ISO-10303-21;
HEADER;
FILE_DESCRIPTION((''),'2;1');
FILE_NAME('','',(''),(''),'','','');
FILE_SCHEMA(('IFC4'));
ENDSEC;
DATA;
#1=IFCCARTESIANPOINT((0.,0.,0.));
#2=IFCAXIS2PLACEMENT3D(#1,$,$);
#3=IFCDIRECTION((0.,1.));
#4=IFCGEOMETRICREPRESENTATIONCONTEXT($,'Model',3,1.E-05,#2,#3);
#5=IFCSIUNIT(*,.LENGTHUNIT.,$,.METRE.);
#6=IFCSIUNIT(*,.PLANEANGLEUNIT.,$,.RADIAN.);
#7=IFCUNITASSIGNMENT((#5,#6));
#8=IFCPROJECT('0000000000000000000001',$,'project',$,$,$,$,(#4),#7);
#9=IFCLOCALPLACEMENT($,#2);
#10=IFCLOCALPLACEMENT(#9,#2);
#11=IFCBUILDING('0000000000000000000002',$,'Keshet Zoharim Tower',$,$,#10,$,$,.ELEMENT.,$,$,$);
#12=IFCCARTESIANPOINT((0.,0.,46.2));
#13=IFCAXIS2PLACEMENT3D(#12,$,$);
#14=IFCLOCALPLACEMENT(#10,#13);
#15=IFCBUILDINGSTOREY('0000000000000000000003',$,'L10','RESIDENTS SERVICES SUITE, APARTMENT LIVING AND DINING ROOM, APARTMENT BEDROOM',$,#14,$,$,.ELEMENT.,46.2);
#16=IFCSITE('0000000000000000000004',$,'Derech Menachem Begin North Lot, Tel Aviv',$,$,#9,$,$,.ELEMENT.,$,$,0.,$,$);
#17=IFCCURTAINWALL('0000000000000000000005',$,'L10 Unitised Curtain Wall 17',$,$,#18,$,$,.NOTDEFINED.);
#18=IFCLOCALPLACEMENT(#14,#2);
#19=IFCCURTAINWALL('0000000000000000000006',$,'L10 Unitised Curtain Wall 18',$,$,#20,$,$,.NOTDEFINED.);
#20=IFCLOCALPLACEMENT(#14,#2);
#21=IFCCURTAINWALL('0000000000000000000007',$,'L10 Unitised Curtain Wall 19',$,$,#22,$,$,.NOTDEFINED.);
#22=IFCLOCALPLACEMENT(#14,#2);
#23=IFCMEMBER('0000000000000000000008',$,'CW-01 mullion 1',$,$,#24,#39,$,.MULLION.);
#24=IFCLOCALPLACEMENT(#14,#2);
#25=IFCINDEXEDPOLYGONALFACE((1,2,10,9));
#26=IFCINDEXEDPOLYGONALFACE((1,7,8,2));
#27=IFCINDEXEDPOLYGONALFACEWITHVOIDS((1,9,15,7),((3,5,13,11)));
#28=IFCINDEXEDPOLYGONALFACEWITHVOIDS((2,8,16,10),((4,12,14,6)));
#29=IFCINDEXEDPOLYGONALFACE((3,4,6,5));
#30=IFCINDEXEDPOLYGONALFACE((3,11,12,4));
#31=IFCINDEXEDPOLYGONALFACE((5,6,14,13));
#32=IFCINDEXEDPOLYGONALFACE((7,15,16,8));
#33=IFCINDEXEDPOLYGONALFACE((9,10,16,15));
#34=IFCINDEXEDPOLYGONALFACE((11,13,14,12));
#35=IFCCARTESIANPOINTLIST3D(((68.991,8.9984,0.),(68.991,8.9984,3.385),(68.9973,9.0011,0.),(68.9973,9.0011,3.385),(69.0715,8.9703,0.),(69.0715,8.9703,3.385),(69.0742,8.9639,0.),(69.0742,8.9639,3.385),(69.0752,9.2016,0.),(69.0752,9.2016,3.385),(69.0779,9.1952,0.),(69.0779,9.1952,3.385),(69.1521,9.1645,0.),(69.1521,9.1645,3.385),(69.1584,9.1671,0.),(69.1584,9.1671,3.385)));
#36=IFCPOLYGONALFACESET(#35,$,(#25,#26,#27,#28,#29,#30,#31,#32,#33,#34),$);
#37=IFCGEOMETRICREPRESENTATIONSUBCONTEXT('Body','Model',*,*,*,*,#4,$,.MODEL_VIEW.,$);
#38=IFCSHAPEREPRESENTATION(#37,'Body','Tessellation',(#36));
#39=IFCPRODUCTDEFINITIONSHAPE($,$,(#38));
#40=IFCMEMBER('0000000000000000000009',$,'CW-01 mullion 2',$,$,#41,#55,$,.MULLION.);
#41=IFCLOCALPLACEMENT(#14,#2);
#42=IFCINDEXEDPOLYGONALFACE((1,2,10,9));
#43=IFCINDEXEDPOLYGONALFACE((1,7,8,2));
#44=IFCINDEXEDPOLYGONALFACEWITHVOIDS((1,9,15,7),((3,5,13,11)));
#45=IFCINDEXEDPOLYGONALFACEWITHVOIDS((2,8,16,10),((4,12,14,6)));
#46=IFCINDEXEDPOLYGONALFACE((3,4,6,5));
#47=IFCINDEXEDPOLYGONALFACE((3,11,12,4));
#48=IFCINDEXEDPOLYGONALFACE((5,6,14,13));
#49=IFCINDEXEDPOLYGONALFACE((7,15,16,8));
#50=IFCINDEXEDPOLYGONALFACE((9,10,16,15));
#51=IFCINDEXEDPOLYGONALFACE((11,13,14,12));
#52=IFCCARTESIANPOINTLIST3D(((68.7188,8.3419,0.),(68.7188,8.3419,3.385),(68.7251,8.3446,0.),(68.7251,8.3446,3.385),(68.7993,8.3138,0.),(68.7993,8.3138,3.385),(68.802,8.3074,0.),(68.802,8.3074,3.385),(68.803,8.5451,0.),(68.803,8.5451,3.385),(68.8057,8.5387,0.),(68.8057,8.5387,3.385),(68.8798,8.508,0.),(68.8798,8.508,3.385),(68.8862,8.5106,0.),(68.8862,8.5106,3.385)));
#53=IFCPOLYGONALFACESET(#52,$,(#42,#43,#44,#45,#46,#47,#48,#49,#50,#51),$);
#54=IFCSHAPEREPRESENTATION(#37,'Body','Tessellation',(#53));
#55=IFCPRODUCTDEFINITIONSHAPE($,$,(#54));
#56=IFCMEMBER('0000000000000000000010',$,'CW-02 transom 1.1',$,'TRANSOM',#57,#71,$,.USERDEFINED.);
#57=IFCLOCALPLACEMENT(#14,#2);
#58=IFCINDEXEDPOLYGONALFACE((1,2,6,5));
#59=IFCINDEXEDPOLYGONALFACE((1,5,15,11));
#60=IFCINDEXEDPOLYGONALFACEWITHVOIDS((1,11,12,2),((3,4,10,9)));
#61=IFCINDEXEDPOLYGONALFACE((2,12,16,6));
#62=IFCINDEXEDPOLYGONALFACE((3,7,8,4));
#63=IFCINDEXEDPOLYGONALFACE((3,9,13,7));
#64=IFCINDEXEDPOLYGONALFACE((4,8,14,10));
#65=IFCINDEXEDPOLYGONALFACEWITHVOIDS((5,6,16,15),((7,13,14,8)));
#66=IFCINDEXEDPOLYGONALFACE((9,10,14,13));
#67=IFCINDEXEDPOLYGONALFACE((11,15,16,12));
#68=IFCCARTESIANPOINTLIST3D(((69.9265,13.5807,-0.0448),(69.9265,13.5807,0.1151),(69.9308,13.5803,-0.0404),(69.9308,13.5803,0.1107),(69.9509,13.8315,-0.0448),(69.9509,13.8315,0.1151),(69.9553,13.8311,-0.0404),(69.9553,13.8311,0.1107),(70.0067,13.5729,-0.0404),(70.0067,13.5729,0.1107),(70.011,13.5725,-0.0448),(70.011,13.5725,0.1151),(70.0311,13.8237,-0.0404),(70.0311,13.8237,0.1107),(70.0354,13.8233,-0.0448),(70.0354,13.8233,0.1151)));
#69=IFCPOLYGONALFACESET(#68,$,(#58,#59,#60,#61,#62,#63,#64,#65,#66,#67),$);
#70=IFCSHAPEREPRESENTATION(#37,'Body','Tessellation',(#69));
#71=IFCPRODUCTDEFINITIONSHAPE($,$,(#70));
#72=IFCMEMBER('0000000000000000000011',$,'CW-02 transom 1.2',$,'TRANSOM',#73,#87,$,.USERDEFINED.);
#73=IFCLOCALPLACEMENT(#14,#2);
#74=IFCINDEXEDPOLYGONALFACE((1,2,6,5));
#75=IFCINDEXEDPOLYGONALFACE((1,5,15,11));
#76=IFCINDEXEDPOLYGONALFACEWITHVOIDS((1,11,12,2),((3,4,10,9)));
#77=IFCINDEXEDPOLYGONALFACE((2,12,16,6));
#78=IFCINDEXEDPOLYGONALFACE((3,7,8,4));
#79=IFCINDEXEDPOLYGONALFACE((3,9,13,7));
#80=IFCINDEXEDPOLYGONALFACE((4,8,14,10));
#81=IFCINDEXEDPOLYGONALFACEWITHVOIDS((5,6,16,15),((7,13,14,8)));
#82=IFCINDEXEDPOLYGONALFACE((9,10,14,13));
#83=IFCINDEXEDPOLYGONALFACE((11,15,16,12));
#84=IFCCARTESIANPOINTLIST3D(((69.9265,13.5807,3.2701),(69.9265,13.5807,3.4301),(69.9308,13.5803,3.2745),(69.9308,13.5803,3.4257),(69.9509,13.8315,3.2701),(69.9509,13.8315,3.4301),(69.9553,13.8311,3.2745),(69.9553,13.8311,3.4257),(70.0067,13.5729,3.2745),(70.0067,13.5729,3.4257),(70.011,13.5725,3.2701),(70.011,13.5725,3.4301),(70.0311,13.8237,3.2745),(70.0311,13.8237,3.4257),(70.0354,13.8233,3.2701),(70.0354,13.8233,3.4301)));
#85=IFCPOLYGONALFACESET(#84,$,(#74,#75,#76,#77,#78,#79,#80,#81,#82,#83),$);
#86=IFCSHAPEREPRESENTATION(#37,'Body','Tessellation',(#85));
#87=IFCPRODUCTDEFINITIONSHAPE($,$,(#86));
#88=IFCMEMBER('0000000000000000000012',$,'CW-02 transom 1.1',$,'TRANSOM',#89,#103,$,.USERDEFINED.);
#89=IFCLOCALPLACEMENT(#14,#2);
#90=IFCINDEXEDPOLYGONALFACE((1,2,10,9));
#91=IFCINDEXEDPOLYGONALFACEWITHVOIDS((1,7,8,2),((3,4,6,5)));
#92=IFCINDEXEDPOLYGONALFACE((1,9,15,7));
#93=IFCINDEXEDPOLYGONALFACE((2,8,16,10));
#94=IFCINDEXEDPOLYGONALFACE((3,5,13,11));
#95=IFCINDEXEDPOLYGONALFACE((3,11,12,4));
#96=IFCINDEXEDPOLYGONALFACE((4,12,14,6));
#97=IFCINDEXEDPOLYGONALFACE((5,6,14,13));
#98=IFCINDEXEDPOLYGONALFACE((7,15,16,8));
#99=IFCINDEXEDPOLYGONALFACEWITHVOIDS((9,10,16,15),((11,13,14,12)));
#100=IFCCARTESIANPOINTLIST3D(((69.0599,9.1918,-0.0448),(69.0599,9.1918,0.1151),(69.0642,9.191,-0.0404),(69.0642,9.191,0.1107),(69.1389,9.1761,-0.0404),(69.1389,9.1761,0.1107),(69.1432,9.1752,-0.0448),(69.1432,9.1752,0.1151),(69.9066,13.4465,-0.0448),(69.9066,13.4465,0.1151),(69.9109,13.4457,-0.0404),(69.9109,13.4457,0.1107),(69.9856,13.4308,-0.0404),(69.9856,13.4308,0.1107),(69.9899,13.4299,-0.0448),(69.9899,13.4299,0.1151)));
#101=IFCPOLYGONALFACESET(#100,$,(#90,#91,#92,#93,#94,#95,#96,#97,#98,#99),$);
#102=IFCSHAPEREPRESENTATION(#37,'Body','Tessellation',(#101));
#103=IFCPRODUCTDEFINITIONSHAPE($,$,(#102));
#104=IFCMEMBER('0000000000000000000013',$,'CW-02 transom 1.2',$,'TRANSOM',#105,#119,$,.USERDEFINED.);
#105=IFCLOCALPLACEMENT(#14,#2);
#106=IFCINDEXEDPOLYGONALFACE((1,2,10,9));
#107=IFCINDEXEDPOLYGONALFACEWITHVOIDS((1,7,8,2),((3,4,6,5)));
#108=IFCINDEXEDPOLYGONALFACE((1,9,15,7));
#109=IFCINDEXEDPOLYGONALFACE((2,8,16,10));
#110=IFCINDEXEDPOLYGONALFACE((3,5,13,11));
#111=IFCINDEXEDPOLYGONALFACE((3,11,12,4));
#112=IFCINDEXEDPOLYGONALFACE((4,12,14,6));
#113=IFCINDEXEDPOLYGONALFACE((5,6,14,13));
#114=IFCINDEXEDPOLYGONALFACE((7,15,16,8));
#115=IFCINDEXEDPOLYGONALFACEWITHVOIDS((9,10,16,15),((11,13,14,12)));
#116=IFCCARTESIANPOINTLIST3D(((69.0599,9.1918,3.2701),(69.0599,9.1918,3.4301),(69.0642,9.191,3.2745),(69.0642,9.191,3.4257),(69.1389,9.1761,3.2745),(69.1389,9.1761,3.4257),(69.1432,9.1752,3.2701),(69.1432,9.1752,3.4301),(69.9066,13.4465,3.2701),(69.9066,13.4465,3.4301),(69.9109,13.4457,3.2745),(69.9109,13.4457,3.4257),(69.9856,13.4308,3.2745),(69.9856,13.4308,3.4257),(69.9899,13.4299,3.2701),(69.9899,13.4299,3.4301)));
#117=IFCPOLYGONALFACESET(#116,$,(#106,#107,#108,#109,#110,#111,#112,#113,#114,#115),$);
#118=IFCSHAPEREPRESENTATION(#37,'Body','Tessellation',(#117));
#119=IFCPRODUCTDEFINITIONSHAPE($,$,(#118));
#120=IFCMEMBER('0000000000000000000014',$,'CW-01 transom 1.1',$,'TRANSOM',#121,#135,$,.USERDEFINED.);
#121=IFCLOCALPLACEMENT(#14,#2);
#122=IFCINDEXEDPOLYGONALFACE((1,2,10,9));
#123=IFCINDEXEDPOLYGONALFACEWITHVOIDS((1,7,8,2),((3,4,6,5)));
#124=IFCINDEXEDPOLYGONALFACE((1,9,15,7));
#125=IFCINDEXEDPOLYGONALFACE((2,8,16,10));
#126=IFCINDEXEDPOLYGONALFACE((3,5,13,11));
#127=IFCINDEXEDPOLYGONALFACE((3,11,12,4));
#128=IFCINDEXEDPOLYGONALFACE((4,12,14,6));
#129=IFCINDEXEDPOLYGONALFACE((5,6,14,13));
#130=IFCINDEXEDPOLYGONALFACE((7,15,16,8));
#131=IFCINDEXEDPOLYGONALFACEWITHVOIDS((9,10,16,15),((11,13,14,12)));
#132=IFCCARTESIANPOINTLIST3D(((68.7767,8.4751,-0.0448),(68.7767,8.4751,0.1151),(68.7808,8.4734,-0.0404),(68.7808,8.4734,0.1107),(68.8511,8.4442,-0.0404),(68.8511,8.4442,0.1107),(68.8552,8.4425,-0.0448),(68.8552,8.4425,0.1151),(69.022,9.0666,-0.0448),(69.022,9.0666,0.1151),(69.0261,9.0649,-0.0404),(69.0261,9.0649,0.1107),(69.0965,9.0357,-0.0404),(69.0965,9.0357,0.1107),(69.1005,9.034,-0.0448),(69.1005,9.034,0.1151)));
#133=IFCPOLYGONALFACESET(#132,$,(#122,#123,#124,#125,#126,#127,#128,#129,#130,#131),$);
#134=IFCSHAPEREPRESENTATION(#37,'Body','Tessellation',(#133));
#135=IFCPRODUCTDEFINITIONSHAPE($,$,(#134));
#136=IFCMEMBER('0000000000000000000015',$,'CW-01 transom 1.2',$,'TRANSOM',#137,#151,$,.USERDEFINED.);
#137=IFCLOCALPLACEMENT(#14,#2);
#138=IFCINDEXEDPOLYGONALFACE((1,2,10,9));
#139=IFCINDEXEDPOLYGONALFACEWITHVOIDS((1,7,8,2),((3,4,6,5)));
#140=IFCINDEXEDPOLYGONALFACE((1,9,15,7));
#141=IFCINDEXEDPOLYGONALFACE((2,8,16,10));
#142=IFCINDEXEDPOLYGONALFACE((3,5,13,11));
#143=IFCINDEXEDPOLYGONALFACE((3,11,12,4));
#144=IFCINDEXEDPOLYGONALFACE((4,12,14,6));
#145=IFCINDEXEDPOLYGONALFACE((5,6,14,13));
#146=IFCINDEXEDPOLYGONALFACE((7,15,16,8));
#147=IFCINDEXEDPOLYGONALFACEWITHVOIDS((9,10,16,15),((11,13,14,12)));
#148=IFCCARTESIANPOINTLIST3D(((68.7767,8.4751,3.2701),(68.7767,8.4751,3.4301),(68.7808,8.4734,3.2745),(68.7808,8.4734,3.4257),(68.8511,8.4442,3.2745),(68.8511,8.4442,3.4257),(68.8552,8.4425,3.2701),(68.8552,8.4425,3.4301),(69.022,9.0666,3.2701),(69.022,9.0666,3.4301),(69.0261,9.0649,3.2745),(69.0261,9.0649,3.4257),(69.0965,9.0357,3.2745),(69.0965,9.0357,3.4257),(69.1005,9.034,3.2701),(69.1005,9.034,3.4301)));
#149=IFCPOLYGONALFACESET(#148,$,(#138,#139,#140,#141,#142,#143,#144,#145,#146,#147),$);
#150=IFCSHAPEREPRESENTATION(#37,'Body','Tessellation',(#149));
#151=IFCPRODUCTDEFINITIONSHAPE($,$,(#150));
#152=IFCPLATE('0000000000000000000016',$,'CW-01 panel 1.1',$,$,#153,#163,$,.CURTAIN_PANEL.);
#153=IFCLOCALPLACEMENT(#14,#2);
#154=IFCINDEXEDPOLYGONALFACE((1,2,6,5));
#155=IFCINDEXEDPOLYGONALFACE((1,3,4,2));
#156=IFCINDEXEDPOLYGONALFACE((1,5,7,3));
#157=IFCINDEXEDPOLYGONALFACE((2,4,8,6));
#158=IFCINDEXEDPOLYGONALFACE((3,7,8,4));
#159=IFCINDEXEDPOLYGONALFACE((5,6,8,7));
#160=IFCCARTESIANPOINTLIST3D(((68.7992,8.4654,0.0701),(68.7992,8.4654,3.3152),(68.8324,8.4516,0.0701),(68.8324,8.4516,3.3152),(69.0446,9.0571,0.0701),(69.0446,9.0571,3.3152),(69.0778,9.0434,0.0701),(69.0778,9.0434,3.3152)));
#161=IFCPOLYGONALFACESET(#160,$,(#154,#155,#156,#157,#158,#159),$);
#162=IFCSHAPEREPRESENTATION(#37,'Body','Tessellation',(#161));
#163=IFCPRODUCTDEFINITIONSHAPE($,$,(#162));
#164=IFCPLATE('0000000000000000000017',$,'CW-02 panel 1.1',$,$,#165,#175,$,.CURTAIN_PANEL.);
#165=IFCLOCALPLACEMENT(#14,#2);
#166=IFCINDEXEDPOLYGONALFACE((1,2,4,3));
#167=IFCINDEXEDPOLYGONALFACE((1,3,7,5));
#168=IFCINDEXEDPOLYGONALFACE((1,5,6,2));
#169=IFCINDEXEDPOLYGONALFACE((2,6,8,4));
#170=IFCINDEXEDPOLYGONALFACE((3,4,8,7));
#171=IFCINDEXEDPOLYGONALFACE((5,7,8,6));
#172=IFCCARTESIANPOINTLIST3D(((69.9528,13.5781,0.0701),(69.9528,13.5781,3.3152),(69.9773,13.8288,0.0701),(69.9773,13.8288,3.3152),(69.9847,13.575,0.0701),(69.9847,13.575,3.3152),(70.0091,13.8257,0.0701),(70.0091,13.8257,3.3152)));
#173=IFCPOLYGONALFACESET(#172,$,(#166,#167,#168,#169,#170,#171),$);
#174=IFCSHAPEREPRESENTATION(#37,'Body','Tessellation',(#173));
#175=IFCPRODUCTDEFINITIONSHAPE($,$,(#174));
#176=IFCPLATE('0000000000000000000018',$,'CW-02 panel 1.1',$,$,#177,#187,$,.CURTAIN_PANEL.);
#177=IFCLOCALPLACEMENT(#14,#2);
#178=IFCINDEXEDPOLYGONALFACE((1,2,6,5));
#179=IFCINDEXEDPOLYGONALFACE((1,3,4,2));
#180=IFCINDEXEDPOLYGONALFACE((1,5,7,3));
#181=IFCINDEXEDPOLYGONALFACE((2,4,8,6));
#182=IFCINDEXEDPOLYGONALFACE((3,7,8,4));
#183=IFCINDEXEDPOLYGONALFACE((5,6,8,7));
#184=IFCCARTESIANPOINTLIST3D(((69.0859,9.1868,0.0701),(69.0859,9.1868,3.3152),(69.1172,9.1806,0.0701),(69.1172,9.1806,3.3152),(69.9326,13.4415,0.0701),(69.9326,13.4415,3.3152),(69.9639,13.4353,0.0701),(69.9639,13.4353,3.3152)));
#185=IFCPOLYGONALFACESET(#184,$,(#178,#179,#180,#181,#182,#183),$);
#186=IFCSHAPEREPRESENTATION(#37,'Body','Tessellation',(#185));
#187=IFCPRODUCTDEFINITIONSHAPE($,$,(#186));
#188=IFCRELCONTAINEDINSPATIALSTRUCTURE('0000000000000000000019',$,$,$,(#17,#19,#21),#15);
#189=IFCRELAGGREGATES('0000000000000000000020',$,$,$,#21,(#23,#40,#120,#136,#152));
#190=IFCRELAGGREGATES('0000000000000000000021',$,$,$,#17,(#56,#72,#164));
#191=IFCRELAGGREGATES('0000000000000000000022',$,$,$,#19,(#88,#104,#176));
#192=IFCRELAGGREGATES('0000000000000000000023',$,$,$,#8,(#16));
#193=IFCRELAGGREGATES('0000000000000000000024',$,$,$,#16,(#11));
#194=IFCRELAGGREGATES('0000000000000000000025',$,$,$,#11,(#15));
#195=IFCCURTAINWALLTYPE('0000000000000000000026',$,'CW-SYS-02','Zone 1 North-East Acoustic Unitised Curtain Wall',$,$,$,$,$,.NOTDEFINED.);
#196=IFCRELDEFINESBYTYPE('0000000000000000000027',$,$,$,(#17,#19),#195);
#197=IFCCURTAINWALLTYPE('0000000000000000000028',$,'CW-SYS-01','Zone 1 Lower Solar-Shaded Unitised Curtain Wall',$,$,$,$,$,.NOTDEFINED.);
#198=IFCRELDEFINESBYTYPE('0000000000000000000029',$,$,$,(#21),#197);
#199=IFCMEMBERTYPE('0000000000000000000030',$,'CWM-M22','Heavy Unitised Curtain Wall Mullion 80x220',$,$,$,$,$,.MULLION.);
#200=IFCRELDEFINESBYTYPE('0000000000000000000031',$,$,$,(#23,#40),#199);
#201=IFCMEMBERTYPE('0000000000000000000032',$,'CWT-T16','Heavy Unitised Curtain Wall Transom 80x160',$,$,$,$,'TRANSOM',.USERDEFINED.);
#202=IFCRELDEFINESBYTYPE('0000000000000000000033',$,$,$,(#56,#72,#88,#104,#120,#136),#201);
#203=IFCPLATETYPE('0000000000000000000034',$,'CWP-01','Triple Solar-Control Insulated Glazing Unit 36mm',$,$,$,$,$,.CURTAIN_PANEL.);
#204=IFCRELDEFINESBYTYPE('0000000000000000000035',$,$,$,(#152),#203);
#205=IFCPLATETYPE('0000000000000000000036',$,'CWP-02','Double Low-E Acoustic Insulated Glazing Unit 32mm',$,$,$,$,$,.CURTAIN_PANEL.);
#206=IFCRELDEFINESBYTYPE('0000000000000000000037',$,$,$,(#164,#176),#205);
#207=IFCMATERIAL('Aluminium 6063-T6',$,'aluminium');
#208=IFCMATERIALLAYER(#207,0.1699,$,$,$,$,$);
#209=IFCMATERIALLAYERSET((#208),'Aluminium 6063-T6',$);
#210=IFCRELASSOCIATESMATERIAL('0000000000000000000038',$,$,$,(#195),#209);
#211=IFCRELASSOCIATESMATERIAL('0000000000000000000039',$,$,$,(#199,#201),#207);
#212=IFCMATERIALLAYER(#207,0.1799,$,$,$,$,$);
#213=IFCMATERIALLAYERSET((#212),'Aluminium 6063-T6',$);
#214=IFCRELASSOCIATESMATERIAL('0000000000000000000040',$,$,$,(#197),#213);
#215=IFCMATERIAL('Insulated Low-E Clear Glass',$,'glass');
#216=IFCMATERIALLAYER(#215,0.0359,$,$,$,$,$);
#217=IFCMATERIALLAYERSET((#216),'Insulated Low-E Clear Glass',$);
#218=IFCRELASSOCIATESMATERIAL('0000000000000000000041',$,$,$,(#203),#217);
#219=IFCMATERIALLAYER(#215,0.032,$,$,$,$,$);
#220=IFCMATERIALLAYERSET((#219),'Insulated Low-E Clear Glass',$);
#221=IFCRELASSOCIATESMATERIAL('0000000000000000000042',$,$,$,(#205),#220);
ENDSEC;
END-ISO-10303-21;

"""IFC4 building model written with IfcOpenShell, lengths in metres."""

from ifc_helpers import new_model, si_unit, direction, frame, origin, origin_2d, place, context, subcontext, project, spatial, rectangle, hollow_rectangle, extrude, material, layer, layer_set, material_profile, profile_set, type_object, element, aggregate, save


model = new_model("IFC4")

# Units and contexts
model_context = context("Model", 3, precision=1e-05, world=origin(), true_north=direction((0.0, 1.0)))
body_context = subcontext(model_context, "Body", "Model", "MODEL_VIEW")
ifc_project = project(units=[si_unit("LENGTHUNIT", "METRE"), si_unit("PLANEANGLEUNIT", "RADIAN")], contexts=[model_context])

# Site, building, storey
site_placement = place(None, origin())
site = spatial("IfcSite", under=ifc_project, at=site_placement, Name="Derech Menachem Begin North Lot, Tel Aviv", CompositionType="ELEMENT", RefElevation=0.0)
building_placement = place(site_placement, origin())
building = spatial("IfcBuilding", under=site, at=building_placement, Name="Keshet Zoharim Tower", CompositionType="ELEMENT")
storey_placement = place(building_placement, frame((0.0, 0.0, 46.2)))
storey = spatial("IfcBuildingStorey", under=building, at=storey_placement, Name="L10", Description="RESIDENTS SERVICES SUITE, APARTMENT LIVING AND DINING ROOM, APARTMENT BEDROOM", CompositionType="ELEMENT", Elevation=46.2)

# Shared definitions
ifc_material_1 = material(Name="Aluminium 6063-T6", Category="aluminium")
ifc_layer_1 = layer(ifc_material_1, 0.1699)
ifc_layer_set_1 = layer_set([ifc_layer_1], Name="Aluminium 6063-T6")
curtain_wall_type_1 = type_object("IfcCurtainWallType", Name="CW-SYS-02", Description="Zone 1 North-East Acoustic Unitised Curtain Wall", PredefinedType="NOTDEFINED", material=ifc_layer_set_1)
ifc_material_profile_1 = material_profile(ifc_material_1, hollow_rectangle(XDim=0.0901, YDim=0.22, WallThickness=0.0049, at=origin_2d()), Name="MUL-90x220")
ifc_profile_set_1 = profile_set([ifc_material_profile_1], Name="Aluminium 6063-T6")
member_type_1 = type_object("IfcMemberType", Name="CWM-M22", Description="Heavy Unitised Curtain Wall Mullion 80x220", PredefinedType="MULLION", material=ifc_profile_set_1)

# Curtain walls, members
curtain_wall_1_placement = place(storey_placement, origin())
curtain_wall_1 = element("IfcCurtainWall", 1, at=curtain_wall_1_placement, inside=storey, type_object=curtain_wall_type_1, Name="L10 Unitised Curtain Wall 17", PredefinedType="NOTDEFINED")
curtain_wall_2_placement = place(storey_placement, origin())
curtain_wall_2 = element("IfcCurtainWall", 2, at=curtain_wall_2_placement, inside=storey, type_object=curtain_wall_type_1, Name="L10 Unitised Curtain Wall 18", PredefinedType="NOTDEFINED")
ifc_layer_2 = layer(ifc_material_1, 0.1799)
ifc_layer_set_2 = layer_set([ifc_layer_2], Name="Aluminium 6063-T6")
curtain_wall_type_2 = type_object("IfcCurtainWallType", Name="CW-SYS-01", Description="Zone 1 Lower Solar-Shaded Unitised Curtain Wall", PredefinedType="NOTDEFINED", material=ifc_layer_set_2)
curtain_wall_3_placement = place(storey_placement, origin())
curtain_wall_3 = element("IfcCurtainWall", 3, at=curtain_wall_3_placement, inside=storey, type_object=curtain_wall_type_2, Name="L10 Unitised Curtain Wall 19", PredefinedType="NOTDEFINED")
member_1_placement = place(storey_placement, frame((69.0747, 9.0828, 0.0), z_axis=(0.0, 0.0, 1.0), x_axis=(0.92372, -0.383068, 0.0)))
member_1 = element("IfcMember", 4, at=member_1_placement, type_object=member_type_1, Name="CW-01 mullion 1", PredefinedType="MULLION", context=body_context, shape_type="SweptSolid", body=[
    extrude(hollow_rectangle(XDim=0.0901, YDim=0.22, WallThickness=0.0049, at=origin_2d()), origin(), (0.0, 0.0, 1.0), 3.385),
])
member_2_placement = place(storey_placement, frame((68.8025, 8.4263, 0.0), z_axis=(0.0, 0.0, 1.0), x_axis=(0.92372, -0.383068, 0.0)))
member_2 = element("IfcMember", 5, at=member_2_placement, type_object=member_type_1, Name="CW-01 mullion 2", PredefinedType="MULLION", context=body_context, shape_type="SweptSolid", body=[
    extrude(hollow_rectangle(XDim=0.0901, YDim=0.22, WallThickness=0.0049, at=origin_2d()), origin(), (0.0, 0.0, 1.0), 3.385),
])

# Members
ifc_material_profile_2 = material_profile(ifc_material_1, hollow_rectangle(XDim=0.085, YDim=0.1599, WallThickness=0.0044, at=origin_2d()), Name="TRN-85x160")
ifc_profile_set_2 = profile_set([ifc_material_profile_2], Name="Aluminium 6063-T6")
member_type_2 = type_object("IfcMemberType", Name="CWT-T16", Description="Heavy Unitised Curtain Wall Transom 80x160", ElementType="TRANSOM", PredefinedType="USERDEFINED", material=ifc_profile_set_2)
member_3_placement = place(storey_placement, frame((69.9932, 13.8274, 0.0352), z_axis=(-0.096913, -0.995293, 0.0), x_axis=(0.995293, -0.096913, 0.0)))
member_3 = element("IfcMember", 6, at=member_3_placement, type_object=member_type_2, Name="CW-02 transom 1.1", ObjectType="TRANSOM", PredefinedType="USERDEFINED", context=body_context, shape_type="SweptSolid", body=[
    extrude(hollow_rectangle(XDim=0.085, YDim=0.1599, WallThickness=0.0044, at=origin_2d()), origin(), (0.0, 0.0, 1.0), 0.252),
])
member_4_placement = place(storey_placement, frame((69.9932, 13.8274, 3.3501), z_axis=(-0.096913, -0.995293, 0.0), x_axis=(0.995293, -0.096913, 0.0)))
member_4 = element("IfcMember", 7, at=member_4_placement, type_object=member_type_2, Name="CW-02 transom 1.2", ObjectType="TRANSOM", PredefinedType="USERDEFINED", context=body_context, shape_type="SweptSolid", body=[
    extrude(hollow_rectangle(XDim=0.085, YDim=0.1599, WallThickness=0.0044, at=origin_2d()), origin(), (0.0, 0.0, 1.0), 0.252),
])
member_5_placement = place(storey_placement, frame((69.9482, 13.4382, 0.0352), z_axis=(-0.195174, -0.980769, 0.0), x_axis=(0.980769, -0.195174, 0.0)))
member_5 = element("IfcMember", 8, at=member_5_placement, type_object=member_type_2, Name="CW-02 transom 1.1", ObjectType="TRANSOM", PredefinedType="USERDEFINED", context=body_context, shape_type="SweptSolid", body=[
    extrude(hollow_rectangle(XDim=0.085, YDim=0.1599, WallThickness=0.0044, at=origin_2d()), origin(), (0.0, 0.0, 1.0), 4.3381),
])
member_6_placement = place(storey_placement, frame((69.9482, 13.4382, 3.3501), z_axis=(-0.195174, -0.980769, 0.0), x_axis=(0.980769, -0.195174, 0.0)))
member_6 = element("IfcMember", 9, at=member_6_placement, type_object=member_type_2, Name="CW-02 transom 1.2", ObjectType="TRANSOM", PredefinedType="USERDEFINED", context=body_context, shape_type="SweptSolid", body=[
    extrude(hollow_rectangle(XDim=0.085, YDim=0.1599, WallThickness=0.0044, at=origin_2d()), origin(), (0.0, 0.0, 1.0), 4.3381),
])
member_7_placement = place(storey_placement, frame((69.0613, 9.0503, 0.0352), z_axis=(-0.383126, -0.923696, 0.0), x_axis=(0.923696, -0.383126, 0.0)))
member_7 = element("IfcMember", 10, at=member_7_placement, type_object=member_type_2, Name="CW-01 transom 1.1", ObjectType="TRANSOM", PredefinedType="USERDEFINED", context=body_context, shape_type="SweptSolid", body=[
    extrude(hollow_rectangle(XDim=0.085, YDim=0.1599, WallThickness=0.0044, at=origin_2d()), origin(), (0.0, 0.0, 1.0), 0.6404),
])
member_8_placement = place(storey_placement, frame((69.0613, 9.0503, 3.3501), z_axis=(-0.383126, -0.923696, 0.0), x_axis=(0.923696, -0.383126, 0.0)))
member_8 = element("IfcMember", 11, at=member_8_placement, type_object=member_type_2, Name="CW-01 transom 1.2", ObjectType="TRANSOM", PredefinedType="USERDEFINED", context=body_context, shape_type="SweptSolid", body=[
    extrude(hollow_rectangle(XDim=0.085, YDim=0.1599, WallThickness=0.0044, at=origin_2d()), origin(), (0.0, 0.0, 1.0), 0.6404),
])

# Plates
ifc_material_2 = material(Name="Insulated Low-E Clear Glass", Category="glass")
ifc_layer_3 = layer(ifc_material_2, 0.0359)
ifc_layer_set_3 = layer_set([ifc_layer_3], Name="Insulated Low-E Clear Glass")
plate_type_1 = type_object("IfcPlateType", Name="CWP-01", Description="Triple Solar-Control Insulated Glazing Unit 36mm", PredefinedType="CURTAIN_PANEL", material=ifc_layer_set_3)
plate_1_placement = place(storey_placement, frame((68.9385, 8.7544, 0.0701), z_axis=(0.0, 0.0, 1.0), x_axis=(-0.383068, -0.92372, 0.0)))
plate_1 = element("IfcPlate", 12, at=plate_1_placement, type_object=plate_type_1, Name="CW-01 panel 1.1", PredefinedType="CURTAIN_PANEL", context=body_context, shape_type="SweptSolid", body=[
    extrude(rectangle(XDim=0.6406, YDim=0.0359, at=origin_2d()), origin(), (0.0, 0.0, 1.0), 3.2451),
])
aggregate(curtain_wall_3, [member_1, member_2, member_7, member_8, plate_1])
ifc_layer_4 = layer(ifc_material_2, 0.032)
ifc_layer_set_4 = layer_set([ifc_layer_4], Name="Insulated Low-E Clear Glass")
plate_type_2 = type_object("IfcPlateType", Name="CWP-02", Description="Double Low-E Acoustic Insulated Glazing Unit 32mm", PredefinedType="CURTAIN_PANEL", material=ifc_layer_set_4)
plate_2_placement = place(storey_placement, frame((69.981, 13.7019, 0.0701), z_axis=(0.0, 0.0, 1.0), x_axis=(-0.096977, -0.995287, 0.0)))
plate_2 = element("IfcPlate", 13, at=plate_2_placement, type_object=plate_type_2, Name="CW-02 panel 1.1", PredefinedType="CURTAIN_PANEL", context=body_context, shape_type="SweptSolid", body=[
    extrude(rectangle(XDim=0.252, YDim=0.032, at=origin_2d()), origin(), (0.0, 0.0, 1.0), 3.2451),
])
aggregate(curtain_wall_1, [member_3, member_4, plate_2])
plate_3_placement = place(storey_placement, frame((69.5249, 11.311, 0.0701), z_axis=(0.0, 0.0, 1.0), x_axis=(-0.195171, -0.980769, 0.0)))
plate_3 = element("IfcPlate", 14, at=plate_3_placement, type_object=plate_type_2, Name="CW-02 panel 1.1", PredefinedType="CURTAIN_PANEL", context=body_context, shape_type="SweptSolid", body=[
    extrude(rectangle(XDim=4.3381, YDim=0.032, at=origin_2d()), origin(), (0.0, 0.0, 1.0), 3.2451),
])
aggregate(curtain_wall_2, [member_5, member_6, plate_3])

save(model, "model.ifc")
